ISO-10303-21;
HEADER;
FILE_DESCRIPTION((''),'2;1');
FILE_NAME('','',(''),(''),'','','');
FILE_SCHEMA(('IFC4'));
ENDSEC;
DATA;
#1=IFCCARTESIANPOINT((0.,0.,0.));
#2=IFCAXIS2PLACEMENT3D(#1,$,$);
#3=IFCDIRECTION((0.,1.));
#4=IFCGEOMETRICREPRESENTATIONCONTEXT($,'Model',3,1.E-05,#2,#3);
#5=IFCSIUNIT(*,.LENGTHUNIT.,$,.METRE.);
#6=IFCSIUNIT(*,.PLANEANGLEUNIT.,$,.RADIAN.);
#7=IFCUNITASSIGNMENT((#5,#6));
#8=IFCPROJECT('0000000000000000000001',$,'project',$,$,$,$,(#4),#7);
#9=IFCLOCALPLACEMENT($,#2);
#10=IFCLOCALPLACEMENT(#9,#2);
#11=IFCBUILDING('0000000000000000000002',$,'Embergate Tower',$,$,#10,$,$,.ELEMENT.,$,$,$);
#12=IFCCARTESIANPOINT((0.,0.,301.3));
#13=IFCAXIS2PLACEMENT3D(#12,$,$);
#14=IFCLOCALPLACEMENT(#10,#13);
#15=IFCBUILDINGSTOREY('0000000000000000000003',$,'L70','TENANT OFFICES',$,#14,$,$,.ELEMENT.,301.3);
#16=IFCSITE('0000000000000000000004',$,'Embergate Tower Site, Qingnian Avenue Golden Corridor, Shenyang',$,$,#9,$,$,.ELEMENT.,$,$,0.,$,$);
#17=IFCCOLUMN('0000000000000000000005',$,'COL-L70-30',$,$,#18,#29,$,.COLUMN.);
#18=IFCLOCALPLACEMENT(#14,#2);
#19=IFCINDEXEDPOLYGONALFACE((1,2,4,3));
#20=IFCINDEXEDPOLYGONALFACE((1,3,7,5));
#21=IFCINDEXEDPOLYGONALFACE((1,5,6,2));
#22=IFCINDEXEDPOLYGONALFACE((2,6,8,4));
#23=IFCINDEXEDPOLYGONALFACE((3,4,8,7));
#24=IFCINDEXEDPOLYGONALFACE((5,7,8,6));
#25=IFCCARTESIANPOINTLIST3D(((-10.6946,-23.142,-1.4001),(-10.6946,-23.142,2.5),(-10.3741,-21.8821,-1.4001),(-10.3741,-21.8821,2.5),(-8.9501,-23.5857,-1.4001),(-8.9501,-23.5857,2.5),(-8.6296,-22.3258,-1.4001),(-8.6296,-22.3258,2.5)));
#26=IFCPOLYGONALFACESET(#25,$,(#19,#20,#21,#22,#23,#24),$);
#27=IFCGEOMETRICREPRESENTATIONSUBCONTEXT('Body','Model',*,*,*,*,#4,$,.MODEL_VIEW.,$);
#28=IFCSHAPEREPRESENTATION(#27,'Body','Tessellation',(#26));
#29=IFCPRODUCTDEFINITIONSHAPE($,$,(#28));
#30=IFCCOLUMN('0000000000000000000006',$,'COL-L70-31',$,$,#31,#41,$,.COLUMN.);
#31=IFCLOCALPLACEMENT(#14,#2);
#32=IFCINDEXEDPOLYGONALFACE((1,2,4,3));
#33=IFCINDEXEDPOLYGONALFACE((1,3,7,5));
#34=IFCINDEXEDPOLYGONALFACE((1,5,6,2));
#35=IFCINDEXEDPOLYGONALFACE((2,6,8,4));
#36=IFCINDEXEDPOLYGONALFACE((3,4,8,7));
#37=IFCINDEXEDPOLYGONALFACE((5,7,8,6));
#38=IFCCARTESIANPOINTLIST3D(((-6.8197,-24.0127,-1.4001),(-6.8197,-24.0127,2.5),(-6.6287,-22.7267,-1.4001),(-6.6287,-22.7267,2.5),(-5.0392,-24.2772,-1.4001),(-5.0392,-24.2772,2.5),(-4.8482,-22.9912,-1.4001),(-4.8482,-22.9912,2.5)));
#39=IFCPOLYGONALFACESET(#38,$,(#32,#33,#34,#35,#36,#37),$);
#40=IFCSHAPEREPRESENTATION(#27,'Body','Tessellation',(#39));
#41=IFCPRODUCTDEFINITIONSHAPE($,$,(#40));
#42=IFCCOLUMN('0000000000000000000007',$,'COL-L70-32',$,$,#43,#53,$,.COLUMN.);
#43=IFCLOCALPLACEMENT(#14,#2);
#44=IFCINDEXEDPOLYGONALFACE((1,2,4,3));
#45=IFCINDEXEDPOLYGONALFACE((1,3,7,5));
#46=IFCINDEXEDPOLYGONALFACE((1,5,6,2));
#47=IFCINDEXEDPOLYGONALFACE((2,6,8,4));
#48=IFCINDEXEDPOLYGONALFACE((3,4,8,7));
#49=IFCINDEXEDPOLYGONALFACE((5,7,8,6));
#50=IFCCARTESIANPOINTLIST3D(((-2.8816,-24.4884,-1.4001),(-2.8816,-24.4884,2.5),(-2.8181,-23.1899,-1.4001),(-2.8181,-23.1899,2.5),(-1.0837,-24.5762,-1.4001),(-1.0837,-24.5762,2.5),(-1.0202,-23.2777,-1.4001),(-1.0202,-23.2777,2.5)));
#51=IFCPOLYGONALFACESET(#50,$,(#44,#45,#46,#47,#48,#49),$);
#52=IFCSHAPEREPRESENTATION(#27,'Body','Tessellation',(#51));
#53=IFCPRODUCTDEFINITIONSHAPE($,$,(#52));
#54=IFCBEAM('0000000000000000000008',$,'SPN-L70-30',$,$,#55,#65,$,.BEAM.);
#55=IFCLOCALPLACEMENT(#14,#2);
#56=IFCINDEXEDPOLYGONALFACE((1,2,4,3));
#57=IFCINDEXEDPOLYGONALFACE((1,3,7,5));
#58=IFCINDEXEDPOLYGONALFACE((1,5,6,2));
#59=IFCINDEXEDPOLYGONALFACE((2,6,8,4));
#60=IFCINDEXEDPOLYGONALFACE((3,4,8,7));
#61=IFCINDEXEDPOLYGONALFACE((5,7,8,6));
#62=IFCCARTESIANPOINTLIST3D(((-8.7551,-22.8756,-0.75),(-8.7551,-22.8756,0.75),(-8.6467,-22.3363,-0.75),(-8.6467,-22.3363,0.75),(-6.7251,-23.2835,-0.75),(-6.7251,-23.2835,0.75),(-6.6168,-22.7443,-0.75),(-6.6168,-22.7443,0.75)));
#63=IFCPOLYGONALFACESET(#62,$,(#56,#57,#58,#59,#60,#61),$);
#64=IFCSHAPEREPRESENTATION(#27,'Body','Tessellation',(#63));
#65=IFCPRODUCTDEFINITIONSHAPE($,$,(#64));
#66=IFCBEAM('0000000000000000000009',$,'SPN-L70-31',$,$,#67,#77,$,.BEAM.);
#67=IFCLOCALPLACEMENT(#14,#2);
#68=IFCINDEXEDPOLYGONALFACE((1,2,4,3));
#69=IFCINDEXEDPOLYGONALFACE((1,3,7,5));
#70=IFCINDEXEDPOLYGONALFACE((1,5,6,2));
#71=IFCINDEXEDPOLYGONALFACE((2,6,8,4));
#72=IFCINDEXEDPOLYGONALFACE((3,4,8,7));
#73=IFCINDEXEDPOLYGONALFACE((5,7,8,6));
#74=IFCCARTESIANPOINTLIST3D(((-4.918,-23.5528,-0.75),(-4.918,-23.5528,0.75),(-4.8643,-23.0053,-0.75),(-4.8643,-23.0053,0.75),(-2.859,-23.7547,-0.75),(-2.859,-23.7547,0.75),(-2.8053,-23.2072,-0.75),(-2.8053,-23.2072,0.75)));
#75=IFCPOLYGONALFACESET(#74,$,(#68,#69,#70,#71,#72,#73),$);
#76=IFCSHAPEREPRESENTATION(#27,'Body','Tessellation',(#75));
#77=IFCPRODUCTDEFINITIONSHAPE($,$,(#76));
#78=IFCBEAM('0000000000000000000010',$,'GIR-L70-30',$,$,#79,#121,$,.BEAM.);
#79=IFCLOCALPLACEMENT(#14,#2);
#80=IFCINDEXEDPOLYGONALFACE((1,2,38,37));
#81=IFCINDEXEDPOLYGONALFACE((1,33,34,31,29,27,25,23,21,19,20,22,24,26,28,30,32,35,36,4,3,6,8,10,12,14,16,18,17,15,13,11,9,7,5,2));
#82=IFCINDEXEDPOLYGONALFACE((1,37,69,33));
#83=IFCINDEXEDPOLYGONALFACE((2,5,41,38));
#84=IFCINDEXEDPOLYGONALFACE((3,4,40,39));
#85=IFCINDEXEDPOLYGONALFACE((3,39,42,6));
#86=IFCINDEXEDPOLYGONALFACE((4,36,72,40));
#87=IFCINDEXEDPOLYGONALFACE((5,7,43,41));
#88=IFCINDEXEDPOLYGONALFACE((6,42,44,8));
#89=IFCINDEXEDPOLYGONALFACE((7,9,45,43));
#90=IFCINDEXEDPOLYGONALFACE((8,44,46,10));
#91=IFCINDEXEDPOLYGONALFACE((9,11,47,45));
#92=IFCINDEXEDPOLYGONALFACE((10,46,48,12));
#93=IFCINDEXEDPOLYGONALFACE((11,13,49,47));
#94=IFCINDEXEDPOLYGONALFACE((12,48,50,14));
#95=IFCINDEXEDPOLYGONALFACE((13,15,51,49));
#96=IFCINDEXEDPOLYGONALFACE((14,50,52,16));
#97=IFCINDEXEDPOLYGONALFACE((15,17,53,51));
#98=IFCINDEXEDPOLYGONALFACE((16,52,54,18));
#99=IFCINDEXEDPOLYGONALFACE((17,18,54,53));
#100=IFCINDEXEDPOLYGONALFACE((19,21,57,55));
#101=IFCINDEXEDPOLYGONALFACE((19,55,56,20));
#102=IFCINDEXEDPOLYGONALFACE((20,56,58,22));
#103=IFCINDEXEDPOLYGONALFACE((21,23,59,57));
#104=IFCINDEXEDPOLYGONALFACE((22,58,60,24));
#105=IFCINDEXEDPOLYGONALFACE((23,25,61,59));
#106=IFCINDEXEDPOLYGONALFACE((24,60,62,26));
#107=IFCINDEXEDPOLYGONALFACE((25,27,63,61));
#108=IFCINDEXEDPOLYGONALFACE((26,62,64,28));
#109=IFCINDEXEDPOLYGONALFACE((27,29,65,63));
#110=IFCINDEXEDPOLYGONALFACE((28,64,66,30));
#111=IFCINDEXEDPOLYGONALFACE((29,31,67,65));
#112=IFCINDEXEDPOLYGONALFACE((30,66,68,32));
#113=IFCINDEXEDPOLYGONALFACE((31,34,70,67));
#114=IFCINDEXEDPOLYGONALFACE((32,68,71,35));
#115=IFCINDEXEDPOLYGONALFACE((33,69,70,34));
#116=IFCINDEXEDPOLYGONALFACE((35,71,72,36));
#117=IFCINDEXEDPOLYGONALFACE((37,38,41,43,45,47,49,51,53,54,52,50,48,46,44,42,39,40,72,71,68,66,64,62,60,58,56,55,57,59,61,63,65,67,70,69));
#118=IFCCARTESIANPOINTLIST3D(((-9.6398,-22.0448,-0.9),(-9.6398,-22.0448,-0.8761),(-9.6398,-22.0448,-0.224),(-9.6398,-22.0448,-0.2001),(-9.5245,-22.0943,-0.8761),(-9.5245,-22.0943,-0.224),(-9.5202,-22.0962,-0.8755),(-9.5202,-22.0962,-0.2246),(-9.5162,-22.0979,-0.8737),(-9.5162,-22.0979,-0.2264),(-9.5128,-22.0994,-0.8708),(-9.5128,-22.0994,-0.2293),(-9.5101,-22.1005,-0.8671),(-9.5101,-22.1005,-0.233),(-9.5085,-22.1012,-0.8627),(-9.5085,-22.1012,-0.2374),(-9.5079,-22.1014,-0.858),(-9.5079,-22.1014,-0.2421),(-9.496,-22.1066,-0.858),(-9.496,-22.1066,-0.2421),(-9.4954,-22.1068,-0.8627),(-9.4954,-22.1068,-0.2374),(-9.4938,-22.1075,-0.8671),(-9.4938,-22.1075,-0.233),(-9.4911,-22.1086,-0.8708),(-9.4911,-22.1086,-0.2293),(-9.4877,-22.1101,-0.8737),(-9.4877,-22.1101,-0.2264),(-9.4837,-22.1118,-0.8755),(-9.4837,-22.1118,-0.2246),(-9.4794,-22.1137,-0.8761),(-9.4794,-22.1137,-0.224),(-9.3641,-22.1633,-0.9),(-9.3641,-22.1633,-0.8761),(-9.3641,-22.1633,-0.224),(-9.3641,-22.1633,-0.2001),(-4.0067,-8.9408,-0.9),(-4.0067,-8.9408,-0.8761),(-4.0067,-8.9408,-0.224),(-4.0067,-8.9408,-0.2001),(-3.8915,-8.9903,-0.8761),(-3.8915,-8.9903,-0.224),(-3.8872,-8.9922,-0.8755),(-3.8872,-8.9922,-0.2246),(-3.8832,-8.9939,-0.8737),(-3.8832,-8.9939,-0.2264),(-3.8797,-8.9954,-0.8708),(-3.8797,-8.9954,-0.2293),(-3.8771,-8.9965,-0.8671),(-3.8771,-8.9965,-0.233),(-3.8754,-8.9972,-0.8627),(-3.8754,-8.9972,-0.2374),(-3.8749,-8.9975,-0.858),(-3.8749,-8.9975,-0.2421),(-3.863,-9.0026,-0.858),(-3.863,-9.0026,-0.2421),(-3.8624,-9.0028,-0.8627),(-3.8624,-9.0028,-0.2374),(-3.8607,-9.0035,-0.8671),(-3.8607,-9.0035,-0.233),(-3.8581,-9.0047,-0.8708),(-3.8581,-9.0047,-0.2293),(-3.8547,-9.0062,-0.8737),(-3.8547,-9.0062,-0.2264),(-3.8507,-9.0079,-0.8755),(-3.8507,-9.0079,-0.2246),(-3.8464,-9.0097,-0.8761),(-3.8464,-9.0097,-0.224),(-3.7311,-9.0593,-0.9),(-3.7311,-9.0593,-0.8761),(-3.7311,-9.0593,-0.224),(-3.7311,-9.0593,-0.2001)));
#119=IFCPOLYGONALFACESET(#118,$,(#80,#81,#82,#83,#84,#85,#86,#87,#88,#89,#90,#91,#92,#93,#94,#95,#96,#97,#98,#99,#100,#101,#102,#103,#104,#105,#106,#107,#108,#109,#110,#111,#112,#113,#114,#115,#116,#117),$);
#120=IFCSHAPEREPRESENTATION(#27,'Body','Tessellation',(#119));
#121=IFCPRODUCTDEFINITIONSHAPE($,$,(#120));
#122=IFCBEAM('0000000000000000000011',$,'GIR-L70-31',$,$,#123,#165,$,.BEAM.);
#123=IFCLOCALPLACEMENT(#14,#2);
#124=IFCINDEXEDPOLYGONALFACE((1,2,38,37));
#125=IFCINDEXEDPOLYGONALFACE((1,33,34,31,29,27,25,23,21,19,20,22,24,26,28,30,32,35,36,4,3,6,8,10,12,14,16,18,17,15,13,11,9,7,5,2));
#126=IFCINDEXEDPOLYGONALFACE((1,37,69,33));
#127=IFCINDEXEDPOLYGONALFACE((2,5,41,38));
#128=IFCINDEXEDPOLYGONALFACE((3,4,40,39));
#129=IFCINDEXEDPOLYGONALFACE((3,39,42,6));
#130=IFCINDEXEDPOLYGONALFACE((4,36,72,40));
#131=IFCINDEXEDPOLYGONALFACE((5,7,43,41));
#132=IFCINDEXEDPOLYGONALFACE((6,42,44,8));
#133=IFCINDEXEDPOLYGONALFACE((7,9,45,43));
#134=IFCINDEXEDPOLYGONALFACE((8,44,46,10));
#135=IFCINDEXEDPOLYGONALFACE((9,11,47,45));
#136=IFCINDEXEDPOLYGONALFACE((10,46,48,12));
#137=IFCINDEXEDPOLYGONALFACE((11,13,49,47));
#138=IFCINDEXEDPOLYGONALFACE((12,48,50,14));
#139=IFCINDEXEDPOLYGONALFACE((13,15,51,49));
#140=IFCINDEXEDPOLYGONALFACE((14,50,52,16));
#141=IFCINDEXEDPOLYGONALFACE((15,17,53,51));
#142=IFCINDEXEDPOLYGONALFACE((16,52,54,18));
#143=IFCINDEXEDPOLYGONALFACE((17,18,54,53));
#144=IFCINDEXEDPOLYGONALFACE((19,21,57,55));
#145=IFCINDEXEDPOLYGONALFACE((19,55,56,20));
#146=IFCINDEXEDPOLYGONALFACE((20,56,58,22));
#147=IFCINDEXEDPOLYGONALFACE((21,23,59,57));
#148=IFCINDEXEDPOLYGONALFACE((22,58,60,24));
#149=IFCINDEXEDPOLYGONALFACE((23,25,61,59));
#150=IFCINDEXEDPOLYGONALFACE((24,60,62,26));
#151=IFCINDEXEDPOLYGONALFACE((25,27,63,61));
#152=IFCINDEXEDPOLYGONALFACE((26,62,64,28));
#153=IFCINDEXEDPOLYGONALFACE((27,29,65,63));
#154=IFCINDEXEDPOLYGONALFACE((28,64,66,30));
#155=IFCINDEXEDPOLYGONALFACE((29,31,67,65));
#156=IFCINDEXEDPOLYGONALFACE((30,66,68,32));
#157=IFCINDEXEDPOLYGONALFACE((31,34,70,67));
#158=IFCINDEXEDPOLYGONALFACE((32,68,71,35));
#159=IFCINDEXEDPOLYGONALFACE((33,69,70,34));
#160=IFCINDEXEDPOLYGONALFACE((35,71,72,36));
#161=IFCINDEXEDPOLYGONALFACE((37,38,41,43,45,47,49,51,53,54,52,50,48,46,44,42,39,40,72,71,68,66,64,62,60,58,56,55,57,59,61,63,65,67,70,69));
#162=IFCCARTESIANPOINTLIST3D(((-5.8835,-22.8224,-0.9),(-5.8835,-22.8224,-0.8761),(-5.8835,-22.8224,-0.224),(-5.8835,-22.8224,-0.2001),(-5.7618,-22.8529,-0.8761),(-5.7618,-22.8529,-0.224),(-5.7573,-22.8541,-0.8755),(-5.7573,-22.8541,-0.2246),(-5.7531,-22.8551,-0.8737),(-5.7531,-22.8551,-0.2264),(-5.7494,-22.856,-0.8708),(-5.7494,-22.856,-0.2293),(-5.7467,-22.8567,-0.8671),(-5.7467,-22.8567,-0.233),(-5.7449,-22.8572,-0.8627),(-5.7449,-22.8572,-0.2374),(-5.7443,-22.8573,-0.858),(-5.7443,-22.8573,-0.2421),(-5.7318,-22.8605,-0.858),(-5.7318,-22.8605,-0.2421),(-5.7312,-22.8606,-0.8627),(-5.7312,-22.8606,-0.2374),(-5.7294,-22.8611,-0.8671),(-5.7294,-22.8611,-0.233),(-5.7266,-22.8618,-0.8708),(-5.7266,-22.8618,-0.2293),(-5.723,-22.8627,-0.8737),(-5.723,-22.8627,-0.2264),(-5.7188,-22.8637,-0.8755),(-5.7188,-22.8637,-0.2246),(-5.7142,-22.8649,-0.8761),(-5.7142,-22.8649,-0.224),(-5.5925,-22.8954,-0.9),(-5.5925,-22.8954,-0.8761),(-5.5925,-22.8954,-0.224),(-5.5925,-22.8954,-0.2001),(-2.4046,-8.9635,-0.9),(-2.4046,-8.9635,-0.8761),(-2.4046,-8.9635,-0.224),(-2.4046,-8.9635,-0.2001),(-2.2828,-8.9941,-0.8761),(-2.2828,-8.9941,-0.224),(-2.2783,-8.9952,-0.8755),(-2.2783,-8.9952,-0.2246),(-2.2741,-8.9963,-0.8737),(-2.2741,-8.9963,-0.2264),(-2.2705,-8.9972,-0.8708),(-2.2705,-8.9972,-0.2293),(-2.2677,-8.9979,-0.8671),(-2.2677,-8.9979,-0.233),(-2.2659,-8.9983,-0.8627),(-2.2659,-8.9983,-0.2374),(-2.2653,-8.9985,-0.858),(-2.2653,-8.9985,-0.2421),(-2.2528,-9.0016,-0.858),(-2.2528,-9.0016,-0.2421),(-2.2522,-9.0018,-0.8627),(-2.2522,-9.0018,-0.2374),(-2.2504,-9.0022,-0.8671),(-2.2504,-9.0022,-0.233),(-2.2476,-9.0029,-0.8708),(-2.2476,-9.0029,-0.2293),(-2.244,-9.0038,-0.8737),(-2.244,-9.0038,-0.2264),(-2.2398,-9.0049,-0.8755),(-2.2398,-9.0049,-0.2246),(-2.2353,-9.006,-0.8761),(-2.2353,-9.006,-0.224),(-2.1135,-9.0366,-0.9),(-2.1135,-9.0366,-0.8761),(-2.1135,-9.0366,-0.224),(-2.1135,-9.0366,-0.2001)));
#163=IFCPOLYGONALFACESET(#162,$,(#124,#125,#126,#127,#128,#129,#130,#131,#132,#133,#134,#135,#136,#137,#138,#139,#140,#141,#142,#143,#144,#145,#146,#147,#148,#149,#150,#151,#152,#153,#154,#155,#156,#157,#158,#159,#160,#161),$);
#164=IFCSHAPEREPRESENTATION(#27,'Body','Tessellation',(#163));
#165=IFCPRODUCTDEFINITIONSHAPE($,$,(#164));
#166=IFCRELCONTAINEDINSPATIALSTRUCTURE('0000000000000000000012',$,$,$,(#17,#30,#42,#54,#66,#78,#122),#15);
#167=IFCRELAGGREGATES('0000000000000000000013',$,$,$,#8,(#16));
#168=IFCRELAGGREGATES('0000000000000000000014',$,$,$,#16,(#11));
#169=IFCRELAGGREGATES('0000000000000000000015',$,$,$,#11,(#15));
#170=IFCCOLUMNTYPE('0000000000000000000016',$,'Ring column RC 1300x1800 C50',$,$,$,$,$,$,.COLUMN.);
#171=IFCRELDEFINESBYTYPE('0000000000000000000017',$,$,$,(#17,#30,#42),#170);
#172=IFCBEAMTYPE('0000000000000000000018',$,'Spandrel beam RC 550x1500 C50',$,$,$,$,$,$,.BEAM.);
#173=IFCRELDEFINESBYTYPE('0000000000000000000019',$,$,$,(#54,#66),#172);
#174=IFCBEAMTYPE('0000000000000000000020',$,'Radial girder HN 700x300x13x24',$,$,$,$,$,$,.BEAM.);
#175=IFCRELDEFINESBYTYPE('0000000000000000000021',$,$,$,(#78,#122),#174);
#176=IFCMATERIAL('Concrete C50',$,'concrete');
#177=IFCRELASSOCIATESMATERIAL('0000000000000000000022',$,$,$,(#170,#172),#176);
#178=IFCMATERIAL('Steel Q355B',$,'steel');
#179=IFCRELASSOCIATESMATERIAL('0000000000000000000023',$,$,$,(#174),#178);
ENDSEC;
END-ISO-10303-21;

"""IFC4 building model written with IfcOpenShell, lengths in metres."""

from ifc_helpers import new_model, si_unit, direction, frame, origin, origin_2d, place, context, subcontext, project, spatial, rectangle, i_section, extrude, source, transform, mapped, material, material_profile, profile_set, type_object, element, save


model = new_model("IFC4")

# Units and contexts
model_context = context("Model", 3, precision=1e-05, world=origin(), true_north=direction((0.0, 1.0)))
body_context = subcontext(model_context, "Body", "Model", "MODEL_VIEW")
ifc_project = project(units=[si_unit("LENGTHUNIT", "METRE"), si_unit("PLANEANGLEUNIT", "RADIAN")], contexts=[model_context])

# Site, building, storey
site_placement = place(None, origin())
site = spatial("IfcSite", under=ifc_project, at=site_placement, Name="Embergate Tower Site, Qingnian Avenue Golden Corridor, Shenyang", CompositionType="ELEMENT", RefElevation=0.0)
building_placement = place(site_placement, origin())
building = spatial("IfcBuilding", under=site, at=building_placement, Name="Embergate Tower", CompositionType="ELEMENT")
storey_placement = place(building_placement, frame((0.0, 0.0, 301.3)))
storey = spatial("IfcBuildingStorey", under=building, at=storey_placement, Name="L70", Description="TENANT OFFICES", CompositionType="ELEMENT", Elevation=301.3)

# Columns
ifc_material_1 = material(Name="Concrete C50", Category="concrete")
ifc_material_profile_1 = material_profile(ifc_material_1, rectangle(XDim=1.3, YDim=1.8, at=origin_2d()), Name="RC 1300x1800")
ifc_profile_set_1 = profile_set([ifc_material_profile_1], Name="Concrete C50")
column_type = type_object("IfcColumnType", Name="Ring column RC 1300x1800 C50", PredefinedType="COLUMN", material=ifc_profile_set_1)
shared_shape_1 = source(origin(), body_context, "Body", "SweptSolid", [
    extrude(rectangle(XDim=1.3, YDim=1.8, at=origin_2d()), origin(), (0.0, 0.0, 1.0), 3.9001),
])
for number, where, z_axis, x_axis, name in (
    (1, (-9.6621, -22.7339, -1.4001), (0.0, 0.0, 1.0), (-0.246509, -0.969141, 0.0), "COL-L70-30"),
    (2, (-5.834, -23.502, -1.4001), (0.0, 0.0, 1.0), (-0.146929, -0.989147, 0.0), "COL-L70-31"),
    (3, (-1.9509, -23.8831, -1.4001), (0.0, 0.0, 1.0), (-0.048815, -0.998808, 0.0), "COL-L70-32"),
):
    element("IfcColumn", number, at=place(storey_placement, frame(where, z_axis=z_axis, x_axis=x_axis)), inside=storey, type_object=column_type, Name=name, PredefinedType="COLUMN", context=body_context, shape_type="MappedRepresentation", body=[
        mapped(shared_shape_1, transform((0.0, 0.0, 0.0))),
    ])

# Beams
ifc_material_profile_2 = material_profile(ifc_material_1, rectangle(XDim=0.55, YDim=1.5, at=origin_2d()), Name="RC 550x1500")
ifc_profile_set_2 = profile_set([ifc_material_profile_2], Name="Concrete C50")
beam_type_1 = type_object("IfcBeamType", Name="Spandrel beam RC 550x1500 C50", PredefinedType="BEAM", material=ifc_profile_set_2)
shared_shape_2 = source(origin(), body_context, "Body", "SweptSolid", [
    extrude(rectangle(XDim=0.55, YDim=1.5, at=origin_2d()), origin(), (0.0, 0.0, 1.0), 2.0706),
])
beam_1_placement = place(storey_placement, frame((-8.7009, -22.606, 0.0), z_axis=(0.980399, -0.197023, 0.0), x_axis=(0.197023, 0.980399, 0.0)))
element("IfcBeam", 4, at=beam_1_placement, inside=storey, type_object=beam_type_1, Name="SPN-L70-30", PredefinedType="BEAM", context=body_context, shape_type="MappedRepresentation", body=[
    mapped(shared_shape_2, transform((0.0, 0.0, 0.0))),
])
shared_shape_3 = source(origin(), body_context, "Body", "SweptSolid", [
    extrude(rectangle(XDim=0.55, YDim=1.5, at=origin_2d()), origin(), (0.0, 0.0, 1.0), 2.0688),
])
beam_2_placement = place(storey_placement, frame((-4.8911, -23.2791, 0.0), z_axis=(0.995227, -0.097587, 0.0), x_axis=(0.097587, 0.995227, 0.0)))
element("IfcBeam", 5, at=beam_2_placement, inside=storey, type_object=beam_type_1, Name="SPN-L70-31", PredefinedType="BEAM", context=body_context, shape_type="MappedRepresentation", body=[
    mapped(shared_shape_3, transform((0.0, 0.0, 0.0))),
])
ifc_material_2 = material(Name="Steel Q355B", Category="steel")
ifc_material_profile_3 = material_profile(ifc_material_2, i_section(OverallWidth=0.3, OverallDepth=0.7, WebThickness=0.0129, FlangeThickness=0.0239, FilletRadius=0.0181, at=origin_2d()), Name="HN 700x300x13x24")
ifc_profile_set_3 = profile_set([ifc_material_profile_3], Name="Steel Q355 grade B")
beam_type_2 = type_object("IfcBeamType", Name="Radial girder HN 700x300x13x24", PredefinedType="BEAM", material=ifc_profile_set_3)
shared_shape_4 = source(origin(), body_context, "Body", "SweptSolid", [
    extrude(i_section(OverallWidth=0.3, OverallDepth=0.7, WebThickness=0.0129, FlangeThickness=0.0239, FilletRadius=0.0181, at=origin_2d()), origin(), (0.0, 0.0, 1.0), 14.2634),
])
beam_3_placement = place(storey_placement, frame((-9.502, -22.104, -0.55), z_axis=(0.394929, 0.918712, 0.0), x_axis=(-0.918712, 0.394929, 0.0)))
element("IfcBeam", 6, at=beam_3_placement, inside=storey, type_object=beam_type_2, Name="GIR-L70-30", PredefinedType="BEAM", context=body_context, shape_type="MappedRepresentation", body=[
    mapped(shared_shape_4, transform((0.0, 0.0, 0.0))),
])
shared_shape_5 = source(origin(), body_context, "Body", "SweptSolid", [
    extrude(i_section(OverallWidth=0.3, OverallDepth=0.7, WebThickness=0.0129, FlangeThickness=0.0239, FilletRadius=0.0181, at=origin_2d()), origin(), (0.0, 0.0, 1.0), 14.2888),
])
beam_4_placement = place(storey_placement, frame((-5.738, -22.8589, -0.55), z_axis=(0.243476, 0.969907, 0.0), x_axis=(-0.969907, 0.243476, 0.0)))
element("IfcBeam", 7, at=beam_4_placement, inside=storey, type_object=beam_type_2, Name="GIR-L70-31", PredefinedType="BEAM", context=body_context, shape_type="MappedRepresentation", body=[
    mapped(shared_shape_5, transform((0.0, 0.0, 0.0))),
])

save(model, "model.ifc")
